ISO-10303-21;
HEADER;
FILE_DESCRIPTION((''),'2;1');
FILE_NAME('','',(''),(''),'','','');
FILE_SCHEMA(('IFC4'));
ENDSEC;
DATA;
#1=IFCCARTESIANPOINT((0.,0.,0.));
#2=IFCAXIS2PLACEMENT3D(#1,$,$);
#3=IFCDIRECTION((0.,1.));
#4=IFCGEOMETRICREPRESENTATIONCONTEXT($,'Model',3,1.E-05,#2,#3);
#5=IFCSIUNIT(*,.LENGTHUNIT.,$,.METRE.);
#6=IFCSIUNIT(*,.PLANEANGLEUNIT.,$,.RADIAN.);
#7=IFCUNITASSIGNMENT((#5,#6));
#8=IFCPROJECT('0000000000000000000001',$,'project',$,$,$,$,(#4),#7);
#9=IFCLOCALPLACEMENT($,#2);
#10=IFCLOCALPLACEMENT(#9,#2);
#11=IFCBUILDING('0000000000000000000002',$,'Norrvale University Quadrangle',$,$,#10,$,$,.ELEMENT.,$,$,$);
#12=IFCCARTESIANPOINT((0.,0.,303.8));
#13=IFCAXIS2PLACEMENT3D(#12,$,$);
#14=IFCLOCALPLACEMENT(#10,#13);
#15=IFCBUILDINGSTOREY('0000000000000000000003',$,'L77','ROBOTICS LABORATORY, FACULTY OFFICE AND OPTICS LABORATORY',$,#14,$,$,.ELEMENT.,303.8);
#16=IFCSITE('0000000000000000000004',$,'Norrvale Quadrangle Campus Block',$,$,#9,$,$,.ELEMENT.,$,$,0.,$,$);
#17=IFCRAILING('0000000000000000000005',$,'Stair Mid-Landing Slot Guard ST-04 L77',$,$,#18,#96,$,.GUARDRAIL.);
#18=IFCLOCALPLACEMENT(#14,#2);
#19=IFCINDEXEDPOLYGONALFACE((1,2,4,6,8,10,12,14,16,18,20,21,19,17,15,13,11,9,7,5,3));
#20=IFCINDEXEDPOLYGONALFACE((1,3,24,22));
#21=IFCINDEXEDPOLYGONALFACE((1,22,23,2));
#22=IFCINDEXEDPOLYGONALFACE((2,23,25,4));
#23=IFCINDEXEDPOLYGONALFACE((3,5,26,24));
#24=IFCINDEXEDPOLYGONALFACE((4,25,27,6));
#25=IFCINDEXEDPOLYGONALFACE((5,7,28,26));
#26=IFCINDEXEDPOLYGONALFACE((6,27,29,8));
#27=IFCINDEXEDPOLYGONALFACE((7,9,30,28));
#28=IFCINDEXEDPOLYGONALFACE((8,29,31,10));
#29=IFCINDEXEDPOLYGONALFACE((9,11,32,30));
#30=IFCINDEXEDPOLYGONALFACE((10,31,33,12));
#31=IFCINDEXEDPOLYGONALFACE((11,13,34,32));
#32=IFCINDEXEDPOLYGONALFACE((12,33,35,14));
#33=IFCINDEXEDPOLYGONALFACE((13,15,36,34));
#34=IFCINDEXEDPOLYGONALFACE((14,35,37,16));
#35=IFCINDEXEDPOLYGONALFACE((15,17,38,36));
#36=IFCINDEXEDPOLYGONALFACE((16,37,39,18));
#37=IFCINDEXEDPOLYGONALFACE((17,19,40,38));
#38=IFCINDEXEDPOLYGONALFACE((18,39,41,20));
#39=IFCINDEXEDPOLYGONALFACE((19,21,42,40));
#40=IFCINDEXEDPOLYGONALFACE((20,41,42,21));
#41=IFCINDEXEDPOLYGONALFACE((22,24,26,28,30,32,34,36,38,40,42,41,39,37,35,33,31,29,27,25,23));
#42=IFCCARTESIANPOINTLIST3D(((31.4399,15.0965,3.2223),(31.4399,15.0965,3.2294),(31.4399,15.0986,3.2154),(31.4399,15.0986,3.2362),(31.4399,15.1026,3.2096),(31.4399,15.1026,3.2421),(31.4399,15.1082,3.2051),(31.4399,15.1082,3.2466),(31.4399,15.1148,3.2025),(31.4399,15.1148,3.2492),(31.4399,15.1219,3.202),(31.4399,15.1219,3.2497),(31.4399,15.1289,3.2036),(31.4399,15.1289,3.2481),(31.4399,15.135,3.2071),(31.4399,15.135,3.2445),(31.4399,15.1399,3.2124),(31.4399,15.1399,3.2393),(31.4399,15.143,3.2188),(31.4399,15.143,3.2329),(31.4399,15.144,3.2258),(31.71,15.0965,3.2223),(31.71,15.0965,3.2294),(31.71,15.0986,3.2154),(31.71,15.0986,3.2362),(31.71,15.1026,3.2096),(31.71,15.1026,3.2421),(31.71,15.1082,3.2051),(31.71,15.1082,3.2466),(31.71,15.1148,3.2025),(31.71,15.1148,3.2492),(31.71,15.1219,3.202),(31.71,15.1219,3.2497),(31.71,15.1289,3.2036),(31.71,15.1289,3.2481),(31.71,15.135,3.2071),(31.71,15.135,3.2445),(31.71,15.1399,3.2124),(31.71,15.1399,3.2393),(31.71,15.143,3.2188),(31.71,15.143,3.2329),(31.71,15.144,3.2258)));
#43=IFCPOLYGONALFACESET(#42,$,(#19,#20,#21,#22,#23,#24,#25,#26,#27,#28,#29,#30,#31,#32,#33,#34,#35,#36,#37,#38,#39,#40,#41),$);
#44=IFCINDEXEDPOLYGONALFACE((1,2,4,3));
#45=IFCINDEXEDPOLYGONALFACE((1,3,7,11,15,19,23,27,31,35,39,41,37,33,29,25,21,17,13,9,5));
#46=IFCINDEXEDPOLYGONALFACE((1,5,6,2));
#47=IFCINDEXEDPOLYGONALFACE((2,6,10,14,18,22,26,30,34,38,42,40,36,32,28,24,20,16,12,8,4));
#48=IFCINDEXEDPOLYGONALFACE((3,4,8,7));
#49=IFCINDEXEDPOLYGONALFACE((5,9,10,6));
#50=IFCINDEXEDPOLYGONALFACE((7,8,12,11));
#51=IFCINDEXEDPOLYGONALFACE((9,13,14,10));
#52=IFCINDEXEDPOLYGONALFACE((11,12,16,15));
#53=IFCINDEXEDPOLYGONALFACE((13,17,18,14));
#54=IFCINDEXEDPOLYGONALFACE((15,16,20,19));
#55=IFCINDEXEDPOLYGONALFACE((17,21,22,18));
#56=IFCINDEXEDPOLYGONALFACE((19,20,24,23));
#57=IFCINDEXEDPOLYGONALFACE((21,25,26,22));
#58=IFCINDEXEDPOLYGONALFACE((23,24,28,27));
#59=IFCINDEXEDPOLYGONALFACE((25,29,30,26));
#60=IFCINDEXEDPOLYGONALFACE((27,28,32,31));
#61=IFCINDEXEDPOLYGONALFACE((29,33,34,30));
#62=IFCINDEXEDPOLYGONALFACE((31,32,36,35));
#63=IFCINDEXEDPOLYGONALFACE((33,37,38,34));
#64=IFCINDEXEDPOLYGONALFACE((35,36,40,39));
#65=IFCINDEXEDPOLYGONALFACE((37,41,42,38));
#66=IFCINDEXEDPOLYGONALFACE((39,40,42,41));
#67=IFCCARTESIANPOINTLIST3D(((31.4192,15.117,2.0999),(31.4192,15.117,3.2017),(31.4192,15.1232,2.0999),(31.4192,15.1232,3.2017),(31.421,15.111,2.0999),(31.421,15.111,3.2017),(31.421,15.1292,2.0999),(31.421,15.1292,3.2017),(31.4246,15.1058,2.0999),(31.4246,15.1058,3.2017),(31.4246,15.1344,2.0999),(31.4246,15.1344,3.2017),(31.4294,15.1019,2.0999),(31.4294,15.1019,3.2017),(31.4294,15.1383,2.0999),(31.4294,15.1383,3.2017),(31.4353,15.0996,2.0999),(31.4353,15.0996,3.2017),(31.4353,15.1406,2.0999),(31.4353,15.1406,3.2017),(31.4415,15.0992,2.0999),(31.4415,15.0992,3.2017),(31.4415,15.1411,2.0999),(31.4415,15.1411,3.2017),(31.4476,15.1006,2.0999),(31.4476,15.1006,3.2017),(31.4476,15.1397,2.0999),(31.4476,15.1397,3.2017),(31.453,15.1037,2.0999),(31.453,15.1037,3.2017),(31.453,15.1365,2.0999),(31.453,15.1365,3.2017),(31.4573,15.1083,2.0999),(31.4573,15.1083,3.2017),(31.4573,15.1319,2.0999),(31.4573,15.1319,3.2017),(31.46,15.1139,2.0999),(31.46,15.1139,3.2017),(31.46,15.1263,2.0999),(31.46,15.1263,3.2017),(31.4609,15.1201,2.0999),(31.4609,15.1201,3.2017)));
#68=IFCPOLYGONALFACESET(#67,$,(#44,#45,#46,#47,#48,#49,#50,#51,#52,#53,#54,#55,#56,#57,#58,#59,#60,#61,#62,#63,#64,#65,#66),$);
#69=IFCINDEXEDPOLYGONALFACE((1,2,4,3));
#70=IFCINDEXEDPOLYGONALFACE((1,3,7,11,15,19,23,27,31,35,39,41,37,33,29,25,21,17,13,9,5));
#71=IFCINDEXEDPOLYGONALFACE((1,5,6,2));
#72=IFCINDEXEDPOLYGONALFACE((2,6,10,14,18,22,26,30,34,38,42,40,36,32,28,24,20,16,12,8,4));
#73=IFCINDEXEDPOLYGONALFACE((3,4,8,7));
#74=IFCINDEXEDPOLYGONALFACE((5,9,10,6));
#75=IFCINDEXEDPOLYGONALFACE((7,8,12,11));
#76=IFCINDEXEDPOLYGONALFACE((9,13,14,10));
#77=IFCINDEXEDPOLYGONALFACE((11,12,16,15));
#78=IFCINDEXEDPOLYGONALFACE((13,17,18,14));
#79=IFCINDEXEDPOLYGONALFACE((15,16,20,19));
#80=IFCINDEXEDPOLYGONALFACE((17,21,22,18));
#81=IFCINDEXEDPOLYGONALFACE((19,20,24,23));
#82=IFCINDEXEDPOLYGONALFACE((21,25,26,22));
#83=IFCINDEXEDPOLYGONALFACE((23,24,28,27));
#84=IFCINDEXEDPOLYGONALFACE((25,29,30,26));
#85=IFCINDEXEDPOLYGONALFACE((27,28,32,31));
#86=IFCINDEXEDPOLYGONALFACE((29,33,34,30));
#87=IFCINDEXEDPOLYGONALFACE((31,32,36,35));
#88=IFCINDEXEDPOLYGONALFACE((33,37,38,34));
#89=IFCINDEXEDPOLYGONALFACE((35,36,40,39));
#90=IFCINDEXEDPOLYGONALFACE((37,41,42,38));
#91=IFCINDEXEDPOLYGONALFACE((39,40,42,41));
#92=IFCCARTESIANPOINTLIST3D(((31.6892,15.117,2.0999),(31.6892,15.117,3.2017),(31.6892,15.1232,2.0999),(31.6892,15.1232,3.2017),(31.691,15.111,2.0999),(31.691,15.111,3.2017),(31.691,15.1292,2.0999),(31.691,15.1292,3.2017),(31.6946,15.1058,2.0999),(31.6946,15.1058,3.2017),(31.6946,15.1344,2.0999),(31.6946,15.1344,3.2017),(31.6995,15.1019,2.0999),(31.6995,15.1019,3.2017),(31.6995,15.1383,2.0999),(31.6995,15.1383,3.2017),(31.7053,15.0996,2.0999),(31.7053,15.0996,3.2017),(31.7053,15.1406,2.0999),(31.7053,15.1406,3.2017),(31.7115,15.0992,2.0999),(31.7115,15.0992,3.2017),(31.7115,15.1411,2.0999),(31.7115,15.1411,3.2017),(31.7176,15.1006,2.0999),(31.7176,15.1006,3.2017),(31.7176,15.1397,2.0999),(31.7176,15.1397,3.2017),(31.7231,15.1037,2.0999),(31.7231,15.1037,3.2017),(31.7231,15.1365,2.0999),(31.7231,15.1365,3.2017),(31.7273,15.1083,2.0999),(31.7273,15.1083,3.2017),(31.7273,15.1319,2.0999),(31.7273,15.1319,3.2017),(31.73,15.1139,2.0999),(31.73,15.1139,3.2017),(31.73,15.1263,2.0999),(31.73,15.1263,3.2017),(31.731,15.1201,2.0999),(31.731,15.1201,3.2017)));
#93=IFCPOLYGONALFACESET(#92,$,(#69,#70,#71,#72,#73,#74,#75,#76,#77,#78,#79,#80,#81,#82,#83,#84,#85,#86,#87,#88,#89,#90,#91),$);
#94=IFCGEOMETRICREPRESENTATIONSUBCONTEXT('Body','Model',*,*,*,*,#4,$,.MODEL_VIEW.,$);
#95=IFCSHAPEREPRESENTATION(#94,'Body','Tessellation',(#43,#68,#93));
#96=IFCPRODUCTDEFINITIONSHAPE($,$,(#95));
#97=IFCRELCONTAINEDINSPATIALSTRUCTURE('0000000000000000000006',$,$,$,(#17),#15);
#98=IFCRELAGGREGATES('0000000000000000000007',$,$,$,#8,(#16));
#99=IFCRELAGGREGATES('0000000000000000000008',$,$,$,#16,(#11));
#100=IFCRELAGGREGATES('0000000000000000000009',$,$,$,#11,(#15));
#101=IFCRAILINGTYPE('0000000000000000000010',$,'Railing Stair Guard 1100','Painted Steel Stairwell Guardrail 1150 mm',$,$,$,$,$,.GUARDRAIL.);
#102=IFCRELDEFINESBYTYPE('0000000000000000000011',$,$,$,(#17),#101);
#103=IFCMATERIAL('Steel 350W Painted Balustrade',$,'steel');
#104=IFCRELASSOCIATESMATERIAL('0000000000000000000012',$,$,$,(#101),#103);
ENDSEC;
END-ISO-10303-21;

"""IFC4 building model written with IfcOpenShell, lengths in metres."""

from ifc_helpers import new_model, si_unit, direction, frame, origin, origin_2d, place, context, subcontext, project, spatial, circle, extrude, material, type_object, element, save


model = new_model("IFC4")

# Units and contexts
model_context = context("Model", 3, precision=1e-05, world=origin(), true_north=direction((0.0, 1.0)))
body_context = subcontext(model_context, "Body", "Model", "MODEL_VIEW")
ifc_project = project(units=[si_unit("LENGTHUNIT", "METRE"), si_unit("PLANEANGLEUNIT", "RADIAN")], contexts=[model_context])

# Site, building, storey
site_placement = place(None, origin())
site = spatial("IfcSite", under=ifc_project, at=site_placement, Name="Norrvale Quadrangle Campus Block", CompositionType="ELEMENT", RefElevation=0.0)
building_placement = place(site_placement, origin())
building = spatial("IfcBuilding", under=site, at=building_placement, Name="Norrvale University Quadrangle", CompositionType="ELEMENT")
storey_placement = place(building_placement, frame((0.0, 0.0, 303.8)))
storey = spatial("IfcBuildingStorey", under=building, at=storey_placement, Name="L77", Description="ROBOTICS LABORATORY, FACULTY OFFICE AND OPTICS LABORATORY", CompositionType="ELEMENT", Elevation=303.8)

# Railing
ifc_material_1 = material(Name="Steel 350W Painted Balustrade", Category="steel")
railing_type_1 = type_object("IfcRailingType", Name="Railing Stair Guard 1100", Description="Painted Steel Stairwell Guardrail 1150 mm", PredefinedType="GUARDRAIL", material=ifc_material_1)
for number, where, name in (
    (1, (31.4399, 15.1201, 2.0999), "Stair Mid-Landing Slot Guard ST-04 L77"),
):
    element("IfcRailing", number, at=place(storey_placement, frame(where)), inside=storey, type_object=railing_type_1, Name=name, PredefinedType="GUARDRAIL", context=body_context, shape_type="SweptSolid", body=[
        extrude(circle(Radius=0.0239, at=origin_2d()), frame((0.0, 0.0, 1.126), z_axis=(1.0, 0.0, 0.0), x_axis=(0.0, 1.0, 0.0)), (0.0, 0.0, 1.0), 0.27),
        extrude(circle(Radius=0.021, at=origin_2d()), origin(), (0.0, 0.0, 1.0), 1.1018),
        extrude(circle(Radius=0.021, at=origin_2d()), frame((0.27, 0.0, 0.0)), (0.0, 0.0, 1.0), 1.1018),
    ])

save(model, "model.ifc")
